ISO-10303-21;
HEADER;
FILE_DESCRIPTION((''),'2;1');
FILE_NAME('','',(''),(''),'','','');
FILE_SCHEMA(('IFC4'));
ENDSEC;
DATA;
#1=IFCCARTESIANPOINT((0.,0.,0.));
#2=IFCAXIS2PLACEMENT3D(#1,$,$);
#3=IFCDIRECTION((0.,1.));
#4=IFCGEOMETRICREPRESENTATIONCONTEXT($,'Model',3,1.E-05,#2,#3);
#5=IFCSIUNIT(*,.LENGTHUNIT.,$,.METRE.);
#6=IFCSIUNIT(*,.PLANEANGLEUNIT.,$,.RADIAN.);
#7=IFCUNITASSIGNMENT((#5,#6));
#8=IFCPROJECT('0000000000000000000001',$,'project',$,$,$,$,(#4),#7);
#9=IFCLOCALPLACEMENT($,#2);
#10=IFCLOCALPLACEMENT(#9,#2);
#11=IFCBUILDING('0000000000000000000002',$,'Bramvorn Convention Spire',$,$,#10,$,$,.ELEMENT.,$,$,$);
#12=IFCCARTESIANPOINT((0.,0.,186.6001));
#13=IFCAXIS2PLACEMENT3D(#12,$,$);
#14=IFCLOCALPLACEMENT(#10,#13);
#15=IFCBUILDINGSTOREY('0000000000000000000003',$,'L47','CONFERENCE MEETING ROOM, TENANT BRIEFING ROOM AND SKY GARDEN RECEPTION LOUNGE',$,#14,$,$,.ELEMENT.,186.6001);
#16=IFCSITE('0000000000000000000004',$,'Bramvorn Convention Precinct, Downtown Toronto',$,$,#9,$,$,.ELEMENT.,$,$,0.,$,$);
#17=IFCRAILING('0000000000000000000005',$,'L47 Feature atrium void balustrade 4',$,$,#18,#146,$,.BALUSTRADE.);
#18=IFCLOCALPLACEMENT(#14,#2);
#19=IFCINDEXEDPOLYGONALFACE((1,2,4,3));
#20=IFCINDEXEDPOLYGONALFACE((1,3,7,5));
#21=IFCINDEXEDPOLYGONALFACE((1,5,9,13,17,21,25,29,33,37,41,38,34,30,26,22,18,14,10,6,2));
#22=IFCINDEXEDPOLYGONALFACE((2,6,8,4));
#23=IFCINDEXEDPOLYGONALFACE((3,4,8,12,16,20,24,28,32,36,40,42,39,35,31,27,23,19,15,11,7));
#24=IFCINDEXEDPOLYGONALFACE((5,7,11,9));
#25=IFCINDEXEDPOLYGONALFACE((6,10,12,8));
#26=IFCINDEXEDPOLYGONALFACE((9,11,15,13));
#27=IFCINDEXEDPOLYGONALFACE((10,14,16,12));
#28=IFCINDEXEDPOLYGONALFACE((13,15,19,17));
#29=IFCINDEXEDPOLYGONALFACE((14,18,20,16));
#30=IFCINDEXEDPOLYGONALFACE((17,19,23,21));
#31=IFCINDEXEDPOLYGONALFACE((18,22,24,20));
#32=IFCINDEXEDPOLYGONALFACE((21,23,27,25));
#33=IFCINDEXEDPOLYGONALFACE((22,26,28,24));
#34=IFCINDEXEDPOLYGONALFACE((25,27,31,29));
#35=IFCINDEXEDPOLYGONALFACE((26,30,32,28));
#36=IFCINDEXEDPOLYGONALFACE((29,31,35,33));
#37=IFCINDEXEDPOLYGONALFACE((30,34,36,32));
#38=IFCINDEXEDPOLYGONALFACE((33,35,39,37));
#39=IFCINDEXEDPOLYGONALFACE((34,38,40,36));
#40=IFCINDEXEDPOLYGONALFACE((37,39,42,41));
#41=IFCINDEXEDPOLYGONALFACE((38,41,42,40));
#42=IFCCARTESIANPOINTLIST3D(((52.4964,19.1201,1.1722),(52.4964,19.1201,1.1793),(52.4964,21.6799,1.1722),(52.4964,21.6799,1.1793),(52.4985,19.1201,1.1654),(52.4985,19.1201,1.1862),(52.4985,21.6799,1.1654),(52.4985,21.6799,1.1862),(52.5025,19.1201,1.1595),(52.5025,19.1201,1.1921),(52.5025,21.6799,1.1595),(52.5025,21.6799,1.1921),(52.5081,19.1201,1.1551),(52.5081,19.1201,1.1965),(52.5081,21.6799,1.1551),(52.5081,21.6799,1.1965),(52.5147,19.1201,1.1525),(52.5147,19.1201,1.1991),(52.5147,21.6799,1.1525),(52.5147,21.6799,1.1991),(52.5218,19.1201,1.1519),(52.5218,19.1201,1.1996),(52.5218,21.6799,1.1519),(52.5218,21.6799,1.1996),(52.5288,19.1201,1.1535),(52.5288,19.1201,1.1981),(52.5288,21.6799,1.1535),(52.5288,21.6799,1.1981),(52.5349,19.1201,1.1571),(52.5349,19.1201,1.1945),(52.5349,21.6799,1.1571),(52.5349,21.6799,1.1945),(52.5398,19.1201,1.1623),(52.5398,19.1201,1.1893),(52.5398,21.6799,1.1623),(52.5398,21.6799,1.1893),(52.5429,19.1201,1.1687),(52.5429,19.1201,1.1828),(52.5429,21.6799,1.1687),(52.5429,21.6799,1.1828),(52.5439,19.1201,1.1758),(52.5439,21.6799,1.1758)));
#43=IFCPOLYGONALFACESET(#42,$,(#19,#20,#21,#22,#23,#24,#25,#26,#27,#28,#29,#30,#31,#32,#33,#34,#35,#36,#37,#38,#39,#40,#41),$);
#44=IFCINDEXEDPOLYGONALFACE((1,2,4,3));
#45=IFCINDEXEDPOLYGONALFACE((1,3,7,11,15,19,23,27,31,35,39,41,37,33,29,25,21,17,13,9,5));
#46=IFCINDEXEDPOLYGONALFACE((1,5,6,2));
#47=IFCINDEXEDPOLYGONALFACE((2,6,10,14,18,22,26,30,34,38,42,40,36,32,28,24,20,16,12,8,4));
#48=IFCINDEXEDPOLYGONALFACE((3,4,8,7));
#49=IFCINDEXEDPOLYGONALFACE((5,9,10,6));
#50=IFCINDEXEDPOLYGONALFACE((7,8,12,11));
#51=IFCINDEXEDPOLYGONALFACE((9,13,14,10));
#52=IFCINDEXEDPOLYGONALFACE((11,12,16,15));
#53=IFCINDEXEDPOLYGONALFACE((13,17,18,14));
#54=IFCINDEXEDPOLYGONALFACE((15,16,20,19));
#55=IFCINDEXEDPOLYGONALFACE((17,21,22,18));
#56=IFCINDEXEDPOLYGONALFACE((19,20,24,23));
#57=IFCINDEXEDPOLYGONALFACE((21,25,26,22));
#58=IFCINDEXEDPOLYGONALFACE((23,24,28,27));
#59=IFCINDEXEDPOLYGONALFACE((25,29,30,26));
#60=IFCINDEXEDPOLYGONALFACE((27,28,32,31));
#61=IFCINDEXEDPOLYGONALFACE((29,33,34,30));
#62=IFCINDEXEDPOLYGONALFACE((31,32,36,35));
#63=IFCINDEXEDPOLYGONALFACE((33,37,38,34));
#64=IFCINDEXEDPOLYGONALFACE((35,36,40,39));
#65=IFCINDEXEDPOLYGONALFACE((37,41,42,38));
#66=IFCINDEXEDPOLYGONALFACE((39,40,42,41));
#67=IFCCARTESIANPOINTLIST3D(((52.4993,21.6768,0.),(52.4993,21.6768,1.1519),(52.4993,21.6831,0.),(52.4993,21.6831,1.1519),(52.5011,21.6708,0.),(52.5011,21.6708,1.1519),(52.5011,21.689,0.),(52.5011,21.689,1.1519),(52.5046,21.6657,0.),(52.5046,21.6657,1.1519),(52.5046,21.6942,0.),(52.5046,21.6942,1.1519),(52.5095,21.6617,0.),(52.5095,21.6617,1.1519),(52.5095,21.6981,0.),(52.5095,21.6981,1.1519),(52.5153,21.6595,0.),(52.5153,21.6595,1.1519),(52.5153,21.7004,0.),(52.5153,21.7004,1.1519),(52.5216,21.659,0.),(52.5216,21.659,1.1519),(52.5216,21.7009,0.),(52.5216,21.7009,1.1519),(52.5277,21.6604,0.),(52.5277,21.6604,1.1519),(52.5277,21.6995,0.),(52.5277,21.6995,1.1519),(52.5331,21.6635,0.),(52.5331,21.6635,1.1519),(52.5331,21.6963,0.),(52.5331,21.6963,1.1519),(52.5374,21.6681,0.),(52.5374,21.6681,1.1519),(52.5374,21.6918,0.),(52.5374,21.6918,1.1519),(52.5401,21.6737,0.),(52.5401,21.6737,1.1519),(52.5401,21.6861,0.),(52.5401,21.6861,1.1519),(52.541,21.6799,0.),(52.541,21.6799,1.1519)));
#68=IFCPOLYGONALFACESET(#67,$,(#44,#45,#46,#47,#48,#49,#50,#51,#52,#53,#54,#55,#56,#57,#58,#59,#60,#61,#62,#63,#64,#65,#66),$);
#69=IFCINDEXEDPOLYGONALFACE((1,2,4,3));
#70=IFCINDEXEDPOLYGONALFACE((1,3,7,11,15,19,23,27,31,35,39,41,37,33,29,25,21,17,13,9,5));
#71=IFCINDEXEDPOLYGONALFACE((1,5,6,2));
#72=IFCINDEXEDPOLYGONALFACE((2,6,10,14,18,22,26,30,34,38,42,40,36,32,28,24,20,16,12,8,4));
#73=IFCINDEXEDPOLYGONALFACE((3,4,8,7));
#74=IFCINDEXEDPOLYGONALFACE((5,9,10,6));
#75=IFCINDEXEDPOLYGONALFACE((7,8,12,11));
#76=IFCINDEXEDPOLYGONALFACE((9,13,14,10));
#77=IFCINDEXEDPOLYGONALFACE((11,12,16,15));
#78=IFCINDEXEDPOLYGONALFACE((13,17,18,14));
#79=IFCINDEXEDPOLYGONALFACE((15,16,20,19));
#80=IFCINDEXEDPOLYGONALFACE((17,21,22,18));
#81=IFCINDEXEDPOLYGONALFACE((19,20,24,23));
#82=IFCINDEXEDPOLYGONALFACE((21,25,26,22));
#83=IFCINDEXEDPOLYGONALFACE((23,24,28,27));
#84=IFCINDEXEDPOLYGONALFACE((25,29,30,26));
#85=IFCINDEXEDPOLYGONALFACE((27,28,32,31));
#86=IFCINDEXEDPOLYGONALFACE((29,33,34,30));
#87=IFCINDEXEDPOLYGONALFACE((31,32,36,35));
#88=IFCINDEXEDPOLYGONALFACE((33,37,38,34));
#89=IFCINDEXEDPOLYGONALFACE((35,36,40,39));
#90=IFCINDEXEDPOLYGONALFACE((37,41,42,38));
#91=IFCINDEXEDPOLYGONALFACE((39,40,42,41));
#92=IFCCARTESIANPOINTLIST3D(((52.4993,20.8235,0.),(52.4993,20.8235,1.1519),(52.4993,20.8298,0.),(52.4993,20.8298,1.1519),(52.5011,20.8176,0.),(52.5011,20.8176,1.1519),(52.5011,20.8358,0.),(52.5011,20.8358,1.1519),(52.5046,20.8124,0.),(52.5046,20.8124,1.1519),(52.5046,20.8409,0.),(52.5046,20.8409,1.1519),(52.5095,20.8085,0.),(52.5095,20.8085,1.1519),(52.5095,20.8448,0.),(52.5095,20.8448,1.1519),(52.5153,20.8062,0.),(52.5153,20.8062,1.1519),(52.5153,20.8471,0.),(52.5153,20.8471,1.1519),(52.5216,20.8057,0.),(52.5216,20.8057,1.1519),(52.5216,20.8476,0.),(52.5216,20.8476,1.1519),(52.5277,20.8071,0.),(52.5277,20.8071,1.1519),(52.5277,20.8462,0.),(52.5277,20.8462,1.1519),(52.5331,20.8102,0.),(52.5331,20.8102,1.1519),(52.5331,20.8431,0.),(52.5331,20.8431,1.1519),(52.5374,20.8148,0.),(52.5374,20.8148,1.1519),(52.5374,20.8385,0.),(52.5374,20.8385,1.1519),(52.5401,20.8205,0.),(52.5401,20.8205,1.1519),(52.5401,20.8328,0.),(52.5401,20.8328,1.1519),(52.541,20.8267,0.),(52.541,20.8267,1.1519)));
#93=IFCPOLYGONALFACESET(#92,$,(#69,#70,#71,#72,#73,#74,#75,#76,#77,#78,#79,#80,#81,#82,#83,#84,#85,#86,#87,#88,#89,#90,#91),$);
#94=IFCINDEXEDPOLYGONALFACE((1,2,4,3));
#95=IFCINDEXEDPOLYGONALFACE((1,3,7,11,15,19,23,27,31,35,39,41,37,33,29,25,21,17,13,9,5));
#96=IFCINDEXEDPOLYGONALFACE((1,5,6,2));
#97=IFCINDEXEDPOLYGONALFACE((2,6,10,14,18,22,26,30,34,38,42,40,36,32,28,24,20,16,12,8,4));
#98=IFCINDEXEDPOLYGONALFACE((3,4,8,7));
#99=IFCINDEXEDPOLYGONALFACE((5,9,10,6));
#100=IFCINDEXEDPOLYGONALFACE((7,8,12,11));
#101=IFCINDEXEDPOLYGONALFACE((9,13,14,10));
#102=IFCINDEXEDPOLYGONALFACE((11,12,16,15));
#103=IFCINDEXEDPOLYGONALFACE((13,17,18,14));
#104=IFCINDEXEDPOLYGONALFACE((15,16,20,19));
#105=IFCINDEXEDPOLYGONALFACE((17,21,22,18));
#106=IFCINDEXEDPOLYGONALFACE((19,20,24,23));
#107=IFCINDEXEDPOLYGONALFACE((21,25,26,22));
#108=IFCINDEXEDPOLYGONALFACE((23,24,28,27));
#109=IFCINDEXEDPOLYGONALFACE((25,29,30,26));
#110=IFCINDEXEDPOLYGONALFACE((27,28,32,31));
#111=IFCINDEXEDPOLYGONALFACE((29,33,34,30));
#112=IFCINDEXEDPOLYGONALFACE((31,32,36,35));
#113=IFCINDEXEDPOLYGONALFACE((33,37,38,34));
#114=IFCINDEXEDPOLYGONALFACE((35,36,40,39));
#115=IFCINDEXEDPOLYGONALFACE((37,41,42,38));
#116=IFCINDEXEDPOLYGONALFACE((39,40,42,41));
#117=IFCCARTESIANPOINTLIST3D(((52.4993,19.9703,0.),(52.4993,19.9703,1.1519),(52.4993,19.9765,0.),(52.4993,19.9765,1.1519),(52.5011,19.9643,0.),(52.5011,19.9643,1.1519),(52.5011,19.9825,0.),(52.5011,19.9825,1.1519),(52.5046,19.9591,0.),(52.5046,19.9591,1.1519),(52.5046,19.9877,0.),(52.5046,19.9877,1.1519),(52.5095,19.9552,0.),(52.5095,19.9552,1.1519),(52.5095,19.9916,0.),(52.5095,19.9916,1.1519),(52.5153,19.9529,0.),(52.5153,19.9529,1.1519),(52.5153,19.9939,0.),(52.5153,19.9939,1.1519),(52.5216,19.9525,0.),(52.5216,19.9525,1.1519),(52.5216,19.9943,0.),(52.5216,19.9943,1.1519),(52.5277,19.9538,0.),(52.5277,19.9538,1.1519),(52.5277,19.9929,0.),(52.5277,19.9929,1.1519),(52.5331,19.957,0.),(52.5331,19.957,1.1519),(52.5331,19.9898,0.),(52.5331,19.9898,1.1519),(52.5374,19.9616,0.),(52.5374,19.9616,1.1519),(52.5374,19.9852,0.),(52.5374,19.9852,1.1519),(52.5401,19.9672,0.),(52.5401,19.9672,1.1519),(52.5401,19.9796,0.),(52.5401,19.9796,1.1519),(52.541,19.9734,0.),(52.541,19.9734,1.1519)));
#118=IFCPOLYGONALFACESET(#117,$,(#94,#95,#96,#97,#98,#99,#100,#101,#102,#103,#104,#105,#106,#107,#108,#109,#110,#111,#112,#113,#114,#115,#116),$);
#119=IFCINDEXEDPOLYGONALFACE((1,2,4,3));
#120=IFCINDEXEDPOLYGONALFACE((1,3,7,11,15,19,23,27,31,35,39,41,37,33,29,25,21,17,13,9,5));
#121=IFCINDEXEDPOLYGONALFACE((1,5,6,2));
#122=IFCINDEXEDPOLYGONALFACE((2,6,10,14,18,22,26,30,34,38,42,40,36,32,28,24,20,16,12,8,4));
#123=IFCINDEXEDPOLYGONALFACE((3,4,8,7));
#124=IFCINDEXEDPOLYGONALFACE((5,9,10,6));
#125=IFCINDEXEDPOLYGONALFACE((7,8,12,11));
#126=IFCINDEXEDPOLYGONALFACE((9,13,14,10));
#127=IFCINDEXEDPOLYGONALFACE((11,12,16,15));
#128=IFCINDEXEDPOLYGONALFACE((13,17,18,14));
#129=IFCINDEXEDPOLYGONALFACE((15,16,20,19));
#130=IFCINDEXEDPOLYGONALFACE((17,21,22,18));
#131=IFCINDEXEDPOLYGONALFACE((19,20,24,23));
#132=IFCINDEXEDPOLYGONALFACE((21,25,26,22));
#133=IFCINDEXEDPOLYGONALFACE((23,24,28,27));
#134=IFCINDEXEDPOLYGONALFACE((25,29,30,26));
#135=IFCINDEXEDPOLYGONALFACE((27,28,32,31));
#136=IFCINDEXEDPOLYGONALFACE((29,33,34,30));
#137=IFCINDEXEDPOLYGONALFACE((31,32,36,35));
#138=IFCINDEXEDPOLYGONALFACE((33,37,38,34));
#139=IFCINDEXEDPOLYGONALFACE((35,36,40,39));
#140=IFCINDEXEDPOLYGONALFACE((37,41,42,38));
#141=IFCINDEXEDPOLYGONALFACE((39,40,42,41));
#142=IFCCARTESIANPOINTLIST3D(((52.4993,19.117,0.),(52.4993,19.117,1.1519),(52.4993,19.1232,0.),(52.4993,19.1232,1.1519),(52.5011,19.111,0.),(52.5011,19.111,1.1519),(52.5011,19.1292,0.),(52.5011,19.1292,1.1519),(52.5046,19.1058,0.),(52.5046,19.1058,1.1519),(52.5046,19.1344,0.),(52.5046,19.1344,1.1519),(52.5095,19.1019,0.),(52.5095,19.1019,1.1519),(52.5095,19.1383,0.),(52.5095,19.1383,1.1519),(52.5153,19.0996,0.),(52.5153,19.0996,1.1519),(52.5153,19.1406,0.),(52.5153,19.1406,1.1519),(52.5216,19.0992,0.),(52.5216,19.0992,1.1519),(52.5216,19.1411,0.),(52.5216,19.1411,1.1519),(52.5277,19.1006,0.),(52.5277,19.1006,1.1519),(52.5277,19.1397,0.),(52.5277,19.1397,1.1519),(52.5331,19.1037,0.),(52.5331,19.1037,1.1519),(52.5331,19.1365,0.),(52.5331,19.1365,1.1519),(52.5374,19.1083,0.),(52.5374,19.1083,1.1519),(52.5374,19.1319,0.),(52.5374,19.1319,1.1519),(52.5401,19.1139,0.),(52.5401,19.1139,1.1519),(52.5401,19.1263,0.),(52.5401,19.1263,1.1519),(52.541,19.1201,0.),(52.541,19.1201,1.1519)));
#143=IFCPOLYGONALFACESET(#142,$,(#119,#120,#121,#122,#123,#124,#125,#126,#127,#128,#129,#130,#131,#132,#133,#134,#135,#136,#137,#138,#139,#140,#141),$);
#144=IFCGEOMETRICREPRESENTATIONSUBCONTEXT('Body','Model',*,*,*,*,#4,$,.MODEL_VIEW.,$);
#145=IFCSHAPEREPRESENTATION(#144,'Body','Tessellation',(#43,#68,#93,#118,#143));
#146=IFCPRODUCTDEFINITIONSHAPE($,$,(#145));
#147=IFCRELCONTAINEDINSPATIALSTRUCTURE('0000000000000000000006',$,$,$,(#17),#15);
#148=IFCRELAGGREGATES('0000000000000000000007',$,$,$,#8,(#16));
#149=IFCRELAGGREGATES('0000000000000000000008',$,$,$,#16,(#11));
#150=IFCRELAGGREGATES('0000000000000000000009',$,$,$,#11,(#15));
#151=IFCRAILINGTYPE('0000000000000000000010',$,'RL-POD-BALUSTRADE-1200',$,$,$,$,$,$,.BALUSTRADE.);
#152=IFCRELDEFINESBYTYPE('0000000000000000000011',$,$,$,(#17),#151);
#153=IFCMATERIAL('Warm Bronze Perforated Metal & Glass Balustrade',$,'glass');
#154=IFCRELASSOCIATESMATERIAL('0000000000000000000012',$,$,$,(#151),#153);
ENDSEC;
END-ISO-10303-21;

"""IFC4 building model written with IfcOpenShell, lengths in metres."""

from ifc_helpers import new_model, si_unit, direction, frame, origin, origin_2d, place, context, subcontext, project, spatial, circle, extrude, material, type_object, element, save


model = new_model("IFC4")

# Units and contexts
model_context = context("Model", 3, precision=1e-05, world=origin(), true_north=direction((0.0, 1.0)))
body_context = subcontext(model_context, "Body", "Model", "MODEL_VIEW")
ifc_project = project(units=[si_unit("LENGTHUNIT", "METRE"), si_unit("PLANEANGLEUNIT", "RADIAN")], contexts=[model_context])

# Site, building, storey
site_placement = place(None, origin())
site = spatial("IfcSite", under=ifc_project, at=site_placement, Name="Bramvorn Convention Precinct, Downtown Toronto", CompositionType="ELEMENT", RefElevation=0.0)
building_placement = place(site_placement, origin())
building = spatial("IfcBuilding", under=site, at=building_placement, Name="Bramvorn Convention Spire", CompositionType="ELEMENT")
storey_placement = place(building_placement, frame((0.0, 0.0, 186.6001)))
storey = spatial("IfcBuildingStorey", under=building, at=storey_placement, Name="L47", Description="CONFERENCE MEETING ROOM, TENANT BRIEFING ROOM AND SKY GARDEN RECEPTION LOUNGE", CompositionType="ELEMENT", Elevation=186.6001)

# Railing
ifc_material_1 = material(Name="Warm Bronze Perforated Metal & Glass Balustrade", Category="glass")
railing_type_1 = type_object("IfcRailingType", Name="RL-POD-BALUSTRADE-1200", PredefinedType="BALUSTRADE", material=ifc_material_1)
railing_1_placement = place(storey_placement, frame((52.52, 21.6799, 0.0)))
element("IfcRailing", 1, at=railing_1_placement, inside=storey, type_object=railing_type_1, Name="L47 Feature atrium void balustrade 4", PredefinedType="BALUSTRADE", context=body_context, shape_type="SweptSolid", body=[
    extrude(circle(Radius=0.0239, at=origin_2d()), frame((0.0, 0.0, 1.1758), z_axis=(0.0, -1.0, 0.0), x_axis=(1.0, 0.0, 0.0)), (0.0, 0.0, 1.0), 2.5598),
    extrude(circle(Radius=0.021, at=origin_2d()), origin(), (0.0, 0.0, 1.0), 1.1519),
    extrude(circle(Radius=0.021, at=origin_2d()), frame((0.0, -0.8533, 0.0)), (0.0, 0.0, 1.0), 1.1519),
    extrude(circle(Radius=0.021, at=origin_2d()), frame((0.0, -1.7065, 0.0)), (0.0, 0.0, 1.0), 1.1519),
    extrude(circle(Radius=0.021, at=origin_2d()), frame((0.0, -2.5598, 0.0)), (0.0, 0.0, 1.0), 1.1519),
])

save(model, "model.ifc")
